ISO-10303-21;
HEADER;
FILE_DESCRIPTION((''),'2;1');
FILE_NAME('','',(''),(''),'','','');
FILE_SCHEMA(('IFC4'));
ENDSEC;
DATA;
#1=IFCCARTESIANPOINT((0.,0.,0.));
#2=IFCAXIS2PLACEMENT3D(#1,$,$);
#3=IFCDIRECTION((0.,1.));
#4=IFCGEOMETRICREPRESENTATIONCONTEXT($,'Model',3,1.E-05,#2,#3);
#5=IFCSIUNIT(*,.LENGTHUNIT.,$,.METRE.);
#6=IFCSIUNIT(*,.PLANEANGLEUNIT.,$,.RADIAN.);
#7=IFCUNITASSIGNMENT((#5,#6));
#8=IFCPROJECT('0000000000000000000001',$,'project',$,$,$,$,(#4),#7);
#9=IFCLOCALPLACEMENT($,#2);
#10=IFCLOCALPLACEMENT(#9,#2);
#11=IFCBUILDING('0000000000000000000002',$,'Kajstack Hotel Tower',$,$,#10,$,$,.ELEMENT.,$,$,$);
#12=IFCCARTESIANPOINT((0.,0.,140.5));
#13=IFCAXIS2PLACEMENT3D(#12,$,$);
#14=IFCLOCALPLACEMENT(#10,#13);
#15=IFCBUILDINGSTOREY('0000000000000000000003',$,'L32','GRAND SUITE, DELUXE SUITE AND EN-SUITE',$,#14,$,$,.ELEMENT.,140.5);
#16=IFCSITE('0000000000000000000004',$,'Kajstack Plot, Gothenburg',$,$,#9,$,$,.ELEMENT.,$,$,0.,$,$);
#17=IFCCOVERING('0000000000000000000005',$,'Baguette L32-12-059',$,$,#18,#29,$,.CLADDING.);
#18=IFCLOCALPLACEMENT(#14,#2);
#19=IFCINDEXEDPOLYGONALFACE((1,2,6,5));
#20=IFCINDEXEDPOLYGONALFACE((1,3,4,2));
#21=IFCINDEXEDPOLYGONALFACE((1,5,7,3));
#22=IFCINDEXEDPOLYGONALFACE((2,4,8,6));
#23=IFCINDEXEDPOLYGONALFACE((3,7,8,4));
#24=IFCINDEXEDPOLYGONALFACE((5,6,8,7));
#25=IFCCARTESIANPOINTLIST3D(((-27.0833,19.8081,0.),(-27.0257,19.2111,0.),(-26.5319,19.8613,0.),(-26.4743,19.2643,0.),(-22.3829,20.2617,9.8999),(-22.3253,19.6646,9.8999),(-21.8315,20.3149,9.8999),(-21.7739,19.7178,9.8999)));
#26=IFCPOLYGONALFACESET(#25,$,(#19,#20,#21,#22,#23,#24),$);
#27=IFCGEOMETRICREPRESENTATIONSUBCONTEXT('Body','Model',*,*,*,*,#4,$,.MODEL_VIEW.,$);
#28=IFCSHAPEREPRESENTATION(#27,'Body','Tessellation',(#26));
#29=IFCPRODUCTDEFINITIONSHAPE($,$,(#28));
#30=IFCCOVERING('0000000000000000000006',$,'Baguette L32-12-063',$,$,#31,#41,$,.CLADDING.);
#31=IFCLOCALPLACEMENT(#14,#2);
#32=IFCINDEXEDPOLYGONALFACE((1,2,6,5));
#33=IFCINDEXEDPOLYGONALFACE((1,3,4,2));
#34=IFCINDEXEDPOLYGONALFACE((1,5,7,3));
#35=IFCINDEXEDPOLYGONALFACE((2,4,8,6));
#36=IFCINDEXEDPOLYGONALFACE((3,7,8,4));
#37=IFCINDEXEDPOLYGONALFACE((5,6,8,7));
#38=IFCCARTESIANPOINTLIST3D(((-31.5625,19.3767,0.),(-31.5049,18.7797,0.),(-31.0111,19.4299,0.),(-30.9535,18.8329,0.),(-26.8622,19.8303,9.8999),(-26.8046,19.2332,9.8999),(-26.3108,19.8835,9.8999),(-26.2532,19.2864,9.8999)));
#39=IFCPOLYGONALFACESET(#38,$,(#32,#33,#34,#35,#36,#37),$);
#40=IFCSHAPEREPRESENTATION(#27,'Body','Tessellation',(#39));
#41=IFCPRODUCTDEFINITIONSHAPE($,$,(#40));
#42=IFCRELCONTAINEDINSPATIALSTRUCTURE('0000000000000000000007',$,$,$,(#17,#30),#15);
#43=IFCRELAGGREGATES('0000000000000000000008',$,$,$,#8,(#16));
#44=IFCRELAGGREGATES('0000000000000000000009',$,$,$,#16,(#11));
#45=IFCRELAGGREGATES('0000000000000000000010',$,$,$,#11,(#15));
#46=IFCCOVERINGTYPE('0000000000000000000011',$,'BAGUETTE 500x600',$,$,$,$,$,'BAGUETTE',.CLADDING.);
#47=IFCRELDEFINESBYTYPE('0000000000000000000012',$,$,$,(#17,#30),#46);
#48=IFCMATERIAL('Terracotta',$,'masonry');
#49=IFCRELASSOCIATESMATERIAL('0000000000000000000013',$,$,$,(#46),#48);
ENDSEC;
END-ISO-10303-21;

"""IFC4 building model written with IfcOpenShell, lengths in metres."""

from ifc_helpers import new_model, si_unit, direction, frame, origin, origin_2d, place, context, subcontext, project, spatial, polyline, rectangle, outline, extrude, material, material_profile, profile_set, type_object, element, save


model = new_model("IFC4")

# Units and contexts
model_context = context("Model", 3, precision=1e-05, world=origin(), true_north=direction((0.0, 1.0)))
body_context = subcontext(model_context, "Body", "Model", "MODEL_VIEW")
ifc_project = project(units=[si_unit("LENGTHUNIT", "METRE"), si_unit("PLANEANGLEUNIT", "RADIAN")], contexts=[model_context])

# Site, building, storey
site_placement = place(None, origin())
site = spatial("IfcSite", under=ifc_project, at=site_placement, Name="Kajstack Plot, Gothenburg", CompositionType="ELEMENT", RefElevation=0.0)
building_placement = place(site_placement, origin())
building = spatial("IfcBuilding", under=site, at=building_placement, Name="Kajstack Hotel Tower", CompositionType="ELEMENT")
storey_placement = place(building_placement, frame((0.0, 0.0, 140.5)))
storey = spatial("IfcBuildingStorey", under=building, at=storey_placement, Name="L32", Description="GRAND SUITE, DELUXE SUITE AND EN-SUITE", CompositionType="ELEMENT", Elevation=140.5)

# Coverings
ifc_material_1 = material(Name="Terracotta", Category="masonry")
ifc_material_profile = material_profile(ifc_material_1, rectangle(XDim=0.6001, YDim=0.5, at=origin_2d()), Name="Terracotta-clad concrete baguette 500 x 600")
ifc_profile_set = profile_set([ifc_material_profile], Name="Terracotta")
covering_type = type_object("IfcCoveringType", Name="BAGUETTE 500x600", ElementType="BAGUETTE", PredefinedType="CLADDING", material=ifc_profile_set)
for number, where, z_axis, x_axis, name in (
    (1, (-21.7739, 19.7178, 0.0), (-0.096038, 0.995378, 0.0), (-0.995378, -0.096038, 0.0), "Baguette L32-12-059"),
    (2, (-26.2532, 19.2864, 0.0), (-0.096038, 0.995378, 0.0), (-0.995378, -0.096038, 0.0), "Baguette L32-12-063"),
):
    element("IfcCovering", number, at=place(storey_placement, frame(where, z_axis=z_axis, x_axis=x_axis)), inside=storey, type_object=covering_type, Name=name, PredefinedType="CLADDING", context=body_context, shape_type="SweptSolid", body=[
        extrude(outline(polyline([(0.0, 9.8999), (4.7222, 0.0), (5.2761, 0.0), (0.554, 9.8999), (0.0, 9.8999)])), origin(), (0.0, 0.0, 1.0), 0.5999),
    ])

save(model, "model.ifc")
